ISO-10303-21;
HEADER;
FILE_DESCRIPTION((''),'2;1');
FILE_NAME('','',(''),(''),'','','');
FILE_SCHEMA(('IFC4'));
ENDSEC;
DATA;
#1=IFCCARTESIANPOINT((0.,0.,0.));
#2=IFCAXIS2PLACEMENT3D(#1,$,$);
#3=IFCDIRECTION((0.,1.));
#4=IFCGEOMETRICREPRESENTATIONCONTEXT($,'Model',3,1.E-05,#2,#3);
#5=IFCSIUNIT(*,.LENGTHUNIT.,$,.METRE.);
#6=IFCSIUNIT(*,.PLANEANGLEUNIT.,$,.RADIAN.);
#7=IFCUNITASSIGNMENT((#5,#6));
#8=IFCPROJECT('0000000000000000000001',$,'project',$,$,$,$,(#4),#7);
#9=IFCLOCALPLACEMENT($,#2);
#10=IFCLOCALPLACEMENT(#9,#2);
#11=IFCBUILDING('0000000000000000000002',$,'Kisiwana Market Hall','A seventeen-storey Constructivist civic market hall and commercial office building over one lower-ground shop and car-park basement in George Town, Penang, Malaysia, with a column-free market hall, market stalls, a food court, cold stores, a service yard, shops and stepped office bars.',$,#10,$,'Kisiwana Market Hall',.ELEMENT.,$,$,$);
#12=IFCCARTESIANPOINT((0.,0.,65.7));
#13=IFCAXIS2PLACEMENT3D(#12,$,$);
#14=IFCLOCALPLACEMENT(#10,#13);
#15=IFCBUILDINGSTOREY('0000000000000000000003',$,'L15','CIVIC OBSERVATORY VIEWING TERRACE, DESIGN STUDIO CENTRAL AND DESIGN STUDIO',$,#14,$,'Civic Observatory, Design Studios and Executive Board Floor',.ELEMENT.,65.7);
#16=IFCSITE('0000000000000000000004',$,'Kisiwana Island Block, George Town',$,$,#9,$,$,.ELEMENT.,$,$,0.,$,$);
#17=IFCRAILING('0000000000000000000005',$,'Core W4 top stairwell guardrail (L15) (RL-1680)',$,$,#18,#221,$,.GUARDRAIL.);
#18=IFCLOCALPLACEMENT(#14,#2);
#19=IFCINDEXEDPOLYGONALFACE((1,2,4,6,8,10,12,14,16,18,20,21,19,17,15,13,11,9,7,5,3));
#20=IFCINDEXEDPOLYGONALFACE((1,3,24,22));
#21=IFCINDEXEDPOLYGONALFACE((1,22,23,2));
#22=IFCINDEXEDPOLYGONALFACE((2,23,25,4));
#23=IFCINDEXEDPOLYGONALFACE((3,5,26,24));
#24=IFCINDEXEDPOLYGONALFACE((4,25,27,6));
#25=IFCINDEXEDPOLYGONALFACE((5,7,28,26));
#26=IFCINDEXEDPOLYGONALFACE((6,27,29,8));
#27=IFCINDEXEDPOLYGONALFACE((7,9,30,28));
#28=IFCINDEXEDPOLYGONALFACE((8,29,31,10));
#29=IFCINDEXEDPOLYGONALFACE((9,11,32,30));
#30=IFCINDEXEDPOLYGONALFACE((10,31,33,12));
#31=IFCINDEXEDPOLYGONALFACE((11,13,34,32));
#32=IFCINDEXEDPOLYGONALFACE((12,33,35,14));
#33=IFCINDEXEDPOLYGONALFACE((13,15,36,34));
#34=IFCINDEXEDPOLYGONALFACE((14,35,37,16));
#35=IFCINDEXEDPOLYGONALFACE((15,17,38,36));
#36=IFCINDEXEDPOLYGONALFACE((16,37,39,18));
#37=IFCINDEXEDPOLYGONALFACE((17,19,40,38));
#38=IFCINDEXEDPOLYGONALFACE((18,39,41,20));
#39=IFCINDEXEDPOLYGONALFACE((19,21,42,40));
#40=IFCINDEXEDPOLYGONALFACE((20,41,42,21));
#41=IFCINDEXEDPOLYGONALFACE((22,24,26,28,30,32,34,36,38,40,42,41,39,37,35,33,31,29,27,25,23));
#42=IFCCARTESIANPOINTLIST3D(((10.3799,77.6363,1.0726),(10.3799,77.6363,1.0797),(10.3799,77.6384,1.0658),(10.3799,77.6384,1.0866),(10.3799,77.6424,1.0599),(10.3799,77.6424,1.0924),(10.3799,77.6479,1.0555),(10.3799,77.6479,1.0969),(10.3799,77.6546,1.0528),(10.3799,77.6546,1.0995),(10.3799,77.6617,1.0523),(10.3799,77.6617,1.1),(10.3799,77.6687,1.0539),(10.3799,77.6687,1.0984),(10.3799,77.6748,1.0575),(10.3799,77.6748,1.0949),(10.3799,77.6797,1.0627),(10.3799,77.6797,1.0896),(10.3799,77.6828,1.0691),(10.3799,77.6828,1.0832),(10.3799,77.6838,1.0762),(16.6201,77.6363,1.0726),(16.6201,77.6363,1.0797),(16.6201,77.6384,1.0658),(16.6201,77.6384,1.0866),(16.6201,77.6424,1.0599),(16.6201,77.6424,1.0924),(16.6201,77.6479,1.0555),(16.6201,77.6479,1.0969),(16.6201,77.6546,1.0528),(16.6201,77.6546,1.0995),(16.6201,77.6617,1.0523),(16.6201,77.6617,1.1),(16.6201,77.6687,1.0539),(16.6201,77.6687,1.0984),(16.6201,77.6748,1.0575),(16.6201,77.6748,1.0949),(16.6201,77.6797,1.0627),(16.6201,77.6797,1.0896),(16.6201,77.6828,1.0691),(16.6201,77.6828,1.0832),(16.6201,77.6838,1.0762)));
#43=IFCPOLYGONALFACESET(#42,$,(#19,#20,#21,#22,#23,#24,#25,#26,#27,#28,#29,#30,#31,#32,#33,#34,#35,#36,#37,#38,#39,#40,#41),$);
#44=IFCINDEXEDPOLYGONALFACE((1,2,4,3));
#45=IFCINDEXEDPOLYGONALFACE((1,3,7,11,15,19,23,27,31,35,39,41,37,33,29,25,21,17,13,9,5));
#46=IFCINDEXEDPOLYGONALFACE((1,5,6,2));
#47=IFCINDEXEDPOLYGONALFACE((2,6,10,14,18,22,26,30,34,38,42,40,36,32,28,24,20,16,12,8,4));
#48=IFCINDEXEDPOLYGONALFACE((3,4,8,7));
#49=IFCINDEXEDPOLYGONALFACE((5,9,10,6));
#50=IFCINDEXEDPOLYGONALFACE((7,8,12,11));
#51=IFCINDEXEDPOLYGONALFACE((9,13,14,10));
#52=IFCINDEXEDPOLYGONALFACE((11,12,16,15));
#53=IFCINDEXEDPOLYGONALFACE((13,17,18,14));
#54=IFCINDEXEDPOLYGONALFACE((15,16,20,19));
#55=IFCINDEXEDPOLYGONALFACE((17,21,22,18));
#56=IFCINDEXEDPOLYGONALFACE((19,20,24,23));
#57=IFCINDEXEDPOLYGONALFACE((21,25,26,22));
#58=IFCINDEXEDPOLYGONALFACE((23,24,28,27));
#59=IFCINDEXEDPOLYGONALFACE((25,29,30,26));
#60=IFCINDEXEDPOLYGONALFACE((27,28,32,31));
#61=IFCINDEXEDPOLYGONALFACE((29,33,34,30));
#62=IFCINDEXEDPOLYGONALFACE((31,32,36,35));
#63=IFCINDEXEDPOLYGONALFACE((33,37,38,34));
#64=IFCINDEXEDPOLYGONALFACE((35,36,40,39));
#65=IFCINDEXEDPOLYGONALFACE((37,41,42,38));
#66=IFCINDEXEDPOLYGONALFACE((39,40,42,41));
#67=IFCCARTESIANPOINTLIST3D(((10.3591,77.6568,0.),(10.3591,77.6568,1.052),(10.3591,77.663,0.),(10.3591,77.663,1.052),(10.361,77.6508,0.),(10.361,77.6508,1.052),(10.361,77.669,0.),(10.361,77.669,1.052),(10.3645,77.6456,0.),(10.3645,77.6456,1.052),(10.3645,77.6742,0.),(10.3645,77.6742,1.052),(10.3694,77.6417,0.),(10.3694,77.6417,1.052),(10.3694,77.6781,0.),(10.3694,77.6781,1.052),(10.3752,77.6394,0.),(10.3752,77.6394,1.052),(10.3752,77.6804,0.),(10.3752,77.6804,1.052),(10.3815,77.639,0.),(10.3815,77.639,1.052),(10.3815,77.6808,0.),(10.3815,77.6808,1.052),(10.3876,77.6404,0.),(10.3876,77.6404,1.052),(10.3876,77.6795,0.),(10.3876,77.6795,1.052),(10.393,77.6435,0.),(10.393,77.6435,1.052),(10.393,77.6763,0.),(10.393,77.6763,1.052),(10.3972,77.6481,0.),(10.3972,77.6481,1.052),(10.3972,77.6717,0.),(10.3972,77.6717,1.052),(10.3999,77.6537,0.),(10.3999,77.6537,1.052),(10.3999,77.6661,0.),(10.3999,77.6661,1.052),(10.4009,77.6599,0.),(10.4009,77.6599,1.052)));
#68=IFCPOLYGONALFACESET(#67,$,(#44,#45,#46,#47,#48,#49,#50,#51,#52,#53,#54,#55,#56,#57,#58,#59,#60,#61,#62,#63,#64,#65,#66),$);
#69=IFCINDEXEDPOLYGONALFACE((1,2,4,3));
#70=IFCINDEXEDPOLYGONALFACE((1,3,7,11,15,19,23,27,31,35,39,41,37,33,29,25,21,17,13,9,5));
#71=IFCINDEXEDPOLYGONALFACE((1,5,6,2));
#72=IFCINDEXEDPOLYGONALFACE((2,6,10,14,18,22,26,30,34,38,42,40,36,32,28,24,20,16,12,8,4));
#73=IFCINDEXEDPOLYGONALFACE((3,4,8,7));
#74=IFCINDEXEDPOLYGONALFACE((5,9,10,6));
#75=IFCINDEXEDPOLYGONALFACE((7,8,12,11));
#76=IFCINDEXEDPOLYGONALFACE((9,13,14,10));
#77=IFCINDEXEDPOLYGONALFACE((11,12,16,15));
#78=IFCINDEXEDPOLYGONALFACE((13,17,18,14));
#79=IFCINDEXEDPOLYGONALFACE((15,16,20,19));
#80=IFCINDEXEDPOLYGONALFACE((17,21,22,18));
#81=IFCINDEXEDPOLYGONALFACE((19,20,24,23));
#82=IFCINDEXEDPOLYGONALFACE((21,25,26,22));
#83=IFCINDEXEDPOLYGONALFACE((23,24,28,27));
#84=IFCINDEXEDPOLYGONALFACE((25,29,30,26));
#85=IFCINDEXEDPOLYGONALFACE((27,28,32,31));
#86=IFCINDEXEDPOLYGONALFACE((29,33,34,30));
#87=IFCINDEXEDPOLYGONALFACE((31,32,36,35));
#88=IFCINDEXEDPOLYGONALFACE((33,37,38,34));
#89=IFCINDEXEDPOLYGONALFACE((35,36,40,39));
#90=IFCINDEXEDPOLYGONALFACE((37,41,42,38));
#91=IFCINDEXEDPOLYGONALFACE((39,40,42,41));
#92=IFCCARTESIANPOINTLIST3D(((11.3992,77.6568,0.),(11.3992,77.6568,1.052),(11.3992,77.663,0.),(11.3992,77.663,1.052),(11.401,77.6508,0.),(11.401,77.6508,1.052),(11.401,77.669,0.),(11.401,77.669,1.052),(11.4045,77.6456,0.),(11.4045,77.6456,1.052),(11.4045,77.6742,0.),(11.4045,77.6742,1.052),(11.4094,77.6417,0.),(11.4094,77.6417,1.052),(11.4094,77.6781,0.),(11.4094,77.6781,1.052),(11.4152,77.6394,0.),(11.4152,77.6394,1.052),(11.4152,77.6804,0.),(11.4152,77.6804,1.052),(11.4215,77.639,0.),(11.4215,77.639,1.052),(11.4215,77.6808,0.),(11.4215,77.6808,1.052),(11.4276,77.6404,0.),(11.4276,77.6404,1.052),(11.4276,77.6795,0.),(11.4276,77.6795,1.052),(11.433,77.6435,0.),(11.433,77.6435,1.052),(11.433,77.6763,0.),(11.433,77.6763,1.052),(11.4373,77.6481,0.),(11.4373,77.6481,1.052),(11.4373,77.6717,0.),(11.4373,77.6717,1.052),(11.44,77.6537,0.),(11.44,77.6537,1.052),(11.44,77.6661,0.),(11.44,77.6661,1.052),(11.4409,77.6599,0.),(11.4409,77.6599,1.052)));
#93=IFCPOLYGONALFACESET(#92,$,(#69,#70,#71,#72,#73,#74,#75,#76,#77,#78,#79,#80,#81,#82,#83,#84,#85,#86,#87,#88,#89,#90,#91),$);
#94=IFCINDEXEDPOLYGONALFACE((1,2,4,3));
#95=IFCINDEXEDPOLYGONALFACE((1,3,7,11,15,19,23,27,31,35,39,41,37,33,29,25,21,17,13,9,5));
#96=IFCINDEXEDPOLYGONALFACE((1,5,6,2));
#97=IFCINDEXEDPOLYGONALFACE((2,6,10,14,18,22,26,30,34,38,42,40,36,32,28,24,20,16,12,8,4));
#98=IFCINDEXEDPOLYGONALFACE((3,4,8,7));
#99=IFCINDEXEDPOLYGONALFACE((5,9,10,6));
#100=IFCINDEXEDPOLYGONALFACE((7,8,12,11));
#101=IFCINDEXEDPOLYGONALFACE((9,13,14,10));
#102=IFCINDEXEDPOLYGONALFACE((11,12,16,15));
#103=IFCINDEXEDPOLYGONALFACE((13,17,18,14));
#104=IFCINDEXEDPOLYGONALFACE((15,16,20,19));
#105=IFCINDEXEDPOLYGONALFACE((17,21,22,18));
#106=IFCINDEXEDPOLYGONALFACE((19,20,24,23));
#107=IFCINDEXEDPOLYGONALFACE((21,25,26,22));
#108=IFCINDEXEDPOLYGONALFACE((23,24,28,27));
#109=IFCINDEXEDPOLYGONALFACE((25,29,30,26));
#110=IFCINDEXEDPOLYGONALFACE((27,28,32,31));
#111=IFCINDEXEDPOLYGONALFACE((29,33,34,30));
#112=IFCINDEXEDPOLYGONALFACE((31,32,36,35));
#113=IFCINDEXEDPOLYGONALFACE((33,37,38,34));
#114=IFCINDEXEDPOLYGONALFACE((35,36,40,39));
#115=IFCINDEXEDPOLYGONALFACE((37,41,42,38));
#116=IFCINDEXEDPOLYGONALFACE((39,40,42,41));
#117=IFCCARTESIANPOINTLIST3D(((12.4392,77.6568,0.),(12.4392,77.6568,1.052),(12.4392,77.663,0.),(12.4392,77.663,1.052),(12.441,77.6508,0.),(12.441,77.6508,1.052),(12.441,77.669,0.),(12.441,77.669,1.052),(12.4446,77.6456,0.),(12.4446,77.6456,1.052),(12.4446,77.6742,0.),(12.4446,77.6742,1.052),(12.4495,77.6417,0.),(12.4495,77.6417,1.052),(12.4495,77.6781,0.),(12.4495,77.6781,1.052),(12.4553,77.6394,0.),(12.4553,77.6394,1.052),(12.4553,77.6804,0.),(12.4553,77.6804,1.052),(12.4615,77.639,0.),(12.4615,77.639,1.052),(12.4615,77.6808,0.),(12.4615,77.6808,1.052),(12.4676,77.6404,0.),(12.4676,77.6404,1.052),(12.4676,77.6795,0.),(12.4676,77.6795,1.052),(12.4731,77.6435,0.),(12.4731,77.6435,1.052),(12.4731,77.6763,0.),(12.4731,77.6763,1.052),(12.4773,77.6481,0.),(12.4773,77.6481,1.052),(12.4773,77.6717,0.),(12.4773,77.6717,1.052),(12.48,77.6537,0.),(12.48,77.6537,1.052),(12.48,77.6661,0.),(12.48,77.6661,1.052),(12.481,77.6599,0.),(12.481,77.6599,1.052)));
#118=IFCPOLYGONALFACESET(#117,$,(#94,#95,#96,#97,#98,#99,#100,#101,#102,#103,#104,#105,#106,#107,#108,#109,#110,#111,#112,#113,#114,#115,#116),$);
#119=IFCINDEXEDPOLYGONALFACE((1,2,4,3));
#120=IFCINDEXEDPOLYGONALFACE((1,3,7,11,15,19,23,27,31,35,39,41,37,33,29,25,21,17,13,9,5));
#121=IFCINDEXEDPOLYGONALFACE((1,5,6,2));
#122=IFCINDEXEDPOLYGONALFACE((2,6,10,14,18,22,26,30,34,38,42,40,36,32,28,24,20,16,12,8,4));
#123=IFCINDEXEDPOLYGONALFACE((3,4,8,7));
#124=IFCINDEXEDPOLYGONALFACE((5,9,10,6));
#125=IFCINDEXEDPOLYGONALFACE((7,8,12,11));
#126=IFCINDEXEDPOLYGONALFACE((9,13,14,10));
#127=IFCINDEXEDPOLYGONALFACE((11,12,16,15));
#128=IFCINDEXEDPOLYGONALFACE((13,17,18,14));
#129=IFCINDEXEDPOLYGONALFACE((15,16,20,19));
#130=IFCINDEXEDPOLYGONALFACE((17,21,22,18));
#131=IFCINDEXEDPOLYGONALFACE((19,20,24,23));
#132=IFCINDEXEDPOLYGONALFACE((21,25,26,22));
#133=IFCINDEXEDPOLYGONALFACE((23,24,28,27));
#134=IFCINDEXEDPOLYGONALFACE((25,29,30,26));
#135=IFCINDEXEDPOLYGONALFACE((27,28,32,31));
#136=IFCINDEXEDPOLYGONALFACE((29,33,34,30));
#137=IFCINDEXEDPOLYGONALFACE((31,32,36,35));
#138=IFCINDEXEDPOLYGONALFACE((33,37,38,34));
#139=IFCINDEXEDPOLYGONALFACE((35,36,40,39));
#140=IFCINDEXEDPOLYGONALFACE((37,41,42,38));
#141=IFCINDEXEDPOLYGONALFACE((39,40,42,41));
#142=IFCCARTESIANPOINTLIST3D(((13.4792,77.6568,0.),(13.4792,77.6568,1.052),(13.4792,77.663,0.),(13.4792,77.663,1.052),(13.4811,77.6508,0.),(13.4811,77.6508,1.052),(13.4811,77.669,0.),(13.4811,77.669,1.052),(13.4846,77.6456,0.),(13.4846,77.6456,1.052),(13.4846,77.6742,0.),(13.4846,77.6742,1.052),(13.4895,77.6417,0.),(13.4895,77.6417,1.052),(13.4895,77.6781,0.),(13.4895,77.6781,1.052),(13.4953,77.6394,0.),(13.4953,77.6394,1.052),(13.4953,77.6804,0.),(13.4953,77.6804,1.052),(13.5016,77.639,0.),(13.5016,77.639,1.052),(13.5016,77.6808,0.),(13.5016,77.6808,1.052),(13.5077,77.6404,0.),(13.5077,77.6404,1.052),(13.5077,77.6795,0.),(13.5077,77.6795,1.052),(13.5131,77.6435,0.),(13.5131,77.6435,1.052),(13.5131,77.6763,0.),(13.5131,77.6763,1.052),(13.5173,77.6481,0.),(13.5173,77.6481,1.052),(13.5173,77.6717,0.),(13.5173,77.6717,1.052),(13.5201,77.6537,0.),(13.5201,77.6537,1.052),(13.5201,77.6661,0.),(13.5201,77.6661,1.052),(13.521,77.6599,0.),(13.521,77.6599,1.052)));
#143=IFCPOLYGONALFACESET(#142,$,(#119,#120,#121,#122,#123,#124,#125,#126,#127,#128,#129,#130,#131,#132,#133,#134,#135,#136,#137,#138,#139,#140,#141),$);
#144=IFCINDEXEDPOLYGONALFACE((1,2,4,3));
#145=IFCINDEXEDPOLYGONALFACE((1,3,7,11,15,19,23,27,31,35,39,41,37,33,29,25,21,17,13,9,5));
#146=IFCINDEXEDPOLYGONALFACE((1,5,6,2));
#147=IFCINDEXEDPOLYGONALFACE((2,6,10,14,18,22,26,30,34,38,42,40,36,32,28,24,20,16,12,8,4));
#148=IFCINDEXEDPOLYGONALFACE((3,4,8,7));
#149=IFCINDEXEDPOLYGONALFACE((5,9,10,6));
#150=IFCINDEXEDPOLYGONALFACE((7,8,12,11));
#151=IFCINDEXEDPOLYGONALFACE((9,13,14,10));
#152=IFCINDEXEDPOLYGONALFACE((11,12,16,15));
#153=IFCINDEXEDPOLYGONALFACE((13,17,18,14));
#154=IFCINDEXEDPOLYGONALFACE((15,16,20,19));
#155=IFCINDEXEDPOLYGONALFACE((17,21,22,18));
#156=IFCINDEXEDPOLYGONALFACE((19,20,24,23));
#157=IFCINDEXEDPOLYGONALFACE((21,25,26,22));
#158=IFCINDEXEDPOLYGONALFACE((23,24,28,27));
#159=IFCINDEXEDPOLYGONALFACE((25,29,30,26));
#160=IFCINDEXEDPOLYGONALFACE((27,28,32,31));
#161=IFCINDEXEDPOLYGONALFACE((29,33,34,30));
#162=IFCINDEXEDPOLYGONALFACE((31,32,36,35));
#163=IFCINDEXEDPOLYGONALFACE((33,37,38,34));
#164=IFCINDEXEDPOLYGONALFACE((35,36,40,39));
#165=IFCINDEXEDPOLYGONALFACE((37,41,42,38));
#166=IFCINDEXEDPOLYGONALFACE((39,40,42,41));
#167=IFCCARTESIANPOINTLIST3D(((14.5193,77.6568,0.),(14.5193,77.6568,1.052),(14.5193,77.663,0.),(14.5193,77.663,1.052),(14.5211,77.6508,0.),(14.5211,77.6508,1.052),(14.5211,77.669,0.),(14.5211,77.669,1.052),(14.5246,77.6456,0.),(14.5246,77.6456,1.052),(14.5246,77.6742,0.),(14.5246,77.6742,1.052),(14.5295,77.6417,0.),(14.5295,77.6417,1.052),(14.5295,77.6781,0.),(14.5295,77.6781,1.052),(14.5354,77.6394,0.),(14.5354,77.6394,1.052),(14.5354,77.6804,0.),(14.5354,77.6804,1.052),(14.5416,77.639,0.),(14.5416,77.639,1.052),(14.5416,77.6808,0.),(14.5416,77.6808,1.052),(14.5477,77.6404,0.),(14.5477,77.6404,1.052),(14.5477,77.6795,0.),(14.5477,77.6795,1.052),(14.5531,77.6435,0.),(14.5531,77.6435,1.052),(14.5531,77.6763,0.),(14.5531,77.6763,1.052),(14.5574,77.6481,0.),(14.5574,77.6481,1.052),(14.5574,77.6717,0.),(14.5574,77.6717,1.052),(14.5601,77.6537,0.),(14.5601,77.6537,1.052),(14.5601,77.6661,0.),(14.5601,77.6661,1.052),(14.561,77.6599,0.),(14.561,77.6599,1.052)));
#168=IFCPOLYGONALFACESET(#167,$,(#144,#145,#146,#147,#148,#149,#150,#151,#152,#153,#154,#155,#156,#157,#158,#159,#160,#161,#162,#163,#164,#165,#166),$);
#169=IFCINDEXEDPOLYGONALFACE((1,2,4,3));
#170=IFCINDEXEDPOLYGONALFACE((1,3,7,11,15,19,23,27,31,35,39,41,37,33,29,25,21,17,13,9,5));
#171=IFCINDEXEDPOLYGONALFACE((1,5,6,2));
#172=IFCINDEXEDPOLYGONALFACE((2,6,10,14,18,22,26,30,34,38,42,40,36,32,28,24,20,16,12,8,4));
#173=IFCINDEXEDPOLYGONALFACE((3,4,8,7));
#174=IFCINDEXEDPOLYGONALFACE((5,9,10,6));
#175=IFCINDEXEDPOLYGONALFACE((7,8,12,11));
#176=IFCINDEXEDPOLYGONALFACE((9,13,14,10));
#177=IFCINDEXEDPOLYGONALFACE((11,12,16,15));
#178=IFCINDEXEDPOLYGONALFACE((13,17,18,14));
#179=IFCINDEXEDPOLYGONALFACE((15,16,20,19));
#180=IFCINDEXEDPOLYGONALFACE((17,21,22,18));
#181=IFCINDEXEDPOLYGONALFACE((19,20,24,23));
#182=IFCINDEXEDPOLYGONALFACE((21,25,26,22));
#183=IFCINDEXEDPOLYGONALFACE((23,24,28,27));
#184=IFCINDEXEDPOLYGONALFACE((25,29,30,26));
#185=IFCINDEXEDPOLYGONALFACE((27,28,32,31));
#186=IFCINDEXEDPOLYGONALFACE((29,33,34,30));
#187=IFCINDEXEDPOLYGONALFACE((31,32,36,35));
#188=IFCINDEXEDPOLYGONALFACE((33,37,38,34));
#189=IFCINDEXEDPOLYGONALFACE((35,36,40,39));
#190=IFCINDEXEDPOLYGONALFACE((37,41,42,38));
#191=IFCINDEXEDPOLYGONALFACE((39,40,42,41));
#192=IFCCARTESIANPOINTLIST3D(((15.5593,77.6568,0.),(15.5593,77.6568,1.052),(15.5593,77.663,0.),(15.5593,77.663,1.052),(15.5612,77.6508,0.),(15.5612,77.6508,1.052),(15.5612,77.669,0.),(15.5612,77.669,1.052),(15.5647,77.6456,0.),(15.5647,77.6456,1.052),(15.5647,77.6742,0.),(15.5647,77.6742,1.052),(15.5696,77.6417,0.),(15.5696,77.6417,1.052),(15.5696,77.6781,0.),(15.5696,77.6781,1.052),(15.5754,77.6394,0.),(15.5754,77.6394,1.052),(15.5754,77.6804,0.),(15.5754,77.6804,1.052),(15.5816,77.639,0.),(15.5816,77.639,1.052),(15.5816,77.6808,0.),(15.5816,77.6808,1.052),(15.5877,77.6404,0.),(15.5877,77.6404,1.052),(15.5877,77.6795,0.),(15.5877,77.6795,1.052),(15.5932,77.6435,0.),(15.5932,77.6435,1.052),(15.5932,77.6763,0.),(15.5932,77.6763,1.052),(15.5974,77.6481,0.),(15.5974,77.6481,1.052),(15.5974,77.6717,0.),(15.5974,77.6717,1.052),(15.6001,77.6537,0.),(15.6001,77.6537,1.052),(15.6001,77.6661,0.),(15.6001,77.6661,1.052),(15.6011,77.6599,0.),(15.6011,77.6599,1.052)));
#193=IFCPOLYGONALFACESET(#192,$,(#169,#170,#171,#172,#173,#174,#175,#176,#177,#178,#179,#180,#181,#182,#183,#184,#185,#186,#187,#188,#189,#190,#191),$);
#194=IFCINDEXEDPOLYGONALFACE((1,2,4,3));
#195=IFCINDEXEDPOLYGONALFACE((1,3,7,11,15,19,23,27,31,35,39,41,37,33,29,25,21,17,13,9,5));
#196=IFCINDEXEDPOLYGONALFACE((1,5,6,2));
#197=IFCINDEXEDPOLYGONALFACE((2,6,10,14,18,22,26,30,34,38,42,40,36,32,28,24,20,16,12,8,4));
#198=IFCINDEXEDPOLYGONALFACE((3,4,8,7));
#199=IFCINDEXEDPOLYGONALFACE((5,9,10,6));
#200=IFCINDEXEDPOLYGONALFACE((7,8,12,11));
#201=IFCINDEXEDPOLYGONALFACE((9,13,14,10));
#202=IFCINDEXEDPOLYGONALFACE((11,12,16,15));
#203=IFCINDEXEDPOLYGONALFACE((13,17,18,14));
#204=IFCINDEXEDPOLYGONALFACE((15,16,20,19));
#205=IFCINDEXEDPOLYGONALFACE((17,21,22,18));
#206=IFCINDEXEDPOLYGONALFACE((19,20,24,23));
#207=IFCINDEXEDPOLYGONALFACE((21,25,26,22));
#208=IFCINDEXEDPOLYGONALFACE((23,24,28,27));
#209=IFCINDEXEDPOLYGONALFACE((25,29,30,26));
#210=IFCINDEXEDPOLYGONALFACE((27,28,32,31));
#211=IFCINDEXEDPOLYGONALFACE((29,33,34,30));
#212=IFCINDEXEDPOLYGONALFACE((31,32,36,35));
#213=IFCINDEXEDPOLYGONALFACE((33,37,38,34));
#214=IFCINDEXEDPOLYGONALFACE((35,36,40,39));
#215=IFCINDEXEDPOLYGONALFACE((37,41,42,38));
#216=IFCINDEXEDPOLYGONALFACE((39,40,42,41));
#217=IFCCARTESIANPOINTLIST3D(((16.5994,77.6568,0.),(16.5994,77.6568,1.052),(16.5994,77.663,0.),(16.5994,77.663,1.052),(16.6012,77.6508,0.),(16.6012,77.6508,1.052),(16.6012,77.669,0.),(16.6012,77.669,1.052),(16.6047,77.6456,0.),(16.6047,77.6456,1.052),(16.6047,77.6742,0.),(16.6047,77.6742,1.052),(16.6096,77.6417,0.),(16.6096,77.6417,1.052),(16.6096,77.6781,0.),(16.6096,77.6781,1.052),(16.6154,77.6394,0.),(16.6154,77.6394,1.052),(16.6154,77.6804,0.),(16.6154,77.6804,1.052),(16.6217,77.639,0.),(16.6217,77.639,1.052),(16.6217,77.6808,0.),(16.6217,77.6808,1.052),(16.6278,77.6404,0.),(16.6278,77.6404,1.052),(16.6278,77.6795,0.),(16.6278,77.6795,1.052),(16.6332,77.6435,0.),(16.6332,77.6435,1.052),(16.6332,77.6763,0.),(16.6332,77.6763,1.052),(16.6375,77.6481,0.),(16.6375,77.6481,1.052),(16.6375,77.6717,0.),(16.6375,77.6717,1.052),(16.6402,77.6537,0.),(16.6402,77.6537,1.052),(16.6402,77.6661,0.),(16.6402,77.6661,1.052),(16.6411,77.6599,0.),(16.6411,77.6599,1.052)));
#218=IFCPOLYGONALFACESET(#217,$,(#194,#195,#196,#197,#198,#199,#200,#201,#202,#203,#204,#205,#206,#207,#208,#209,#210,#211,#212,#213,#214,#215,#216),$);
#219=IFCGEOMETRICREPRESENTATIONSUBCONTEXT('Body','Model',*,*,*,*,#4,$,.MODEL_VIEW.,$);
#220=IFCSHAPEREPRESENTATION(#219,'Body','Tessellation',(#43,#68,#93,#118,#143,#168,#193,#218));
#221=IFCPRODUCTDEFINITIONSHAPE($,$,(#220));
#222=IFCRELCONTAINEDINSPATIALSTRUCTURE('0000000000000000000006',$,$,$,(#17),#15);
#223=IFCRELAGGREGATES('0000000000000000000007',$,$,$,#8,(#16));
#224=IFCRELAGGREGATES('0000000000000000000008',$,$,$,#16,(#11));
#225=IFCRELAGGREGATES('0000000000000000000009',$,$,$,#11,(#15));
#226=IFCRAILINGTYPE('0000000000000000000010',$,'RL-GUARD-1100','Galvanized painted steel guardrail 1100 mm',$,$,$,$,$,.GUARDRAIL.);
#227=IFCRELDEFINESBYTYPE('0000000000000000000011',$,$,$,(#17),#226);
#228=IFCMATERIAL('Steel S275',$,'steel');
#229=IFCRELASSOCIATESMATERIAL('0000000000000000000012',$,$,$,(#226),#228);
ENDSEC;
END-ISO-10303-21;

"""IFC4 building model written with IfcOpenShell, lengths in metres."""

from ifc_helpers import new_model, si_unit, direction, frame, origin, origin_2d, place, context, subcontext, project, spatial, circle, extrude, material, type_object, element, save


model = new_model("IFC4")

# Units and contexts
model_context = context("Model", 3, precision=1e-05, world=origin(), true_north=direction((0.0, 1.0)))
body_context = subcontext(model_context, "Body", "Model", "MODEL_VIEW")
ifc_project = project(units=[si_unit("LENGTHUNIT", "METRE"), si_unit("PLANEANGLEUNIT", "RADIAN")], contexts=[model_context])

# Site, building, storey
site_placement = place(None, origin())
site = spatial("IfcSite", under=ifc_project, at=site_placement, Name="Kisiwana Island Block, George Town", CompositionType="ELEMENT", RefElevation=0.0)
building_placement = place(site_placement, origin())
building = spatial("IfcBuilding", under=site, at=building_placement, Name="Kisiwana Market Hall", Description="A seventeen-storey Constructivist civic market hall and commercial office building over one lower-ground shop and car-park basement in George Town, Penang, Malaysia, with a column-free market hall, market stalls, a food court, cold stores, a service yard, shops and stepped office bars.", LongName="Kisiwana Market Hall", CompositionType="ELEMENT")
storey_placement = place(building_placement, frame((0.0, 0.0, 65.7)))
storey = spatial("IfcBuildingStorey", under=building, at=storey_placement, Name="L15", Description="CIVIC OBSERVATORY VIEWING TERRACE, DESIGN STUDIO CENTRAL AND DESIGN STUDIO", LongName="Civic Observatory, Design Studios and Executive Board Floor", CompositionType="ELEMENT", Elevation=65.7)

# Railing
ifc_material_1 = material(Name="Steel S275", Category="steel")
railing_type = type_object("IfcRailingType", Name="RL-GUARD-1100", Description="Galvanized painted steel guardrail 1100 mm", PredefinedType="GUARDRAIL", material=ifc_material_1)
railing_placement = place(storey_placement, frame((10.3799, 77.6599, 0.0)))
element("IfcRailing", 1, at=railing_placement, inside=storey, type_object=railing_type, Name="Core W4 top stairwell guardrail (L15) (RL-1680)", PredefinedType="GUARDRAIL", context=body_context, shape_type="SweptSolid", body=[
    extrude(circle(Radius=0.0239, at=origin_2d()), frame((0.0, 0.0, 1.0762), z_axis=(1.0, 0.0, 0.0), x_axis=(0.0, 1.0, 0.0)), (0.0, 0.0, 1.0), 6.2402),
    extrude(circle(Radius=0.021, at=origin_2d()), origin(), (0.0, 0.0, 1.0), 1.052),
    extrude(circle(Radius=0.021, at=origin_2d()), frame((1.04, 0.0, 0.0)), (0.0, 0.0, 1.0), 1.052),
    extrude(circle(Radius=0.021, at=origin_2d()), frame((2.0801, 0.0, 0.0)), (0.0, 0.0, 1.0), 1.052),
    extrude(circle(Radius=0.021, at=origin_2d()), frame((3.1201, 0.0, 0.0)), (0.0, 0.0, 1.0), 1.052),
    extrude(circle(Radius=0.021, at=origin_2d()), frame((4.1602, 0.0, 0.0)), (0.0, 0.0, 1.0), 1.052),
    extrude(circle(Radius=0.021, at=origin_2d()), frame((5.2002, 0.0, 0.0)), (0.0, 0.0, 1.0), 1.052),
    extrude(circle(Radius=0.021, at=origin_2d()), frame((6.2402, 0.0, 0.0)), (0.0, 0.0, 1.0), 1.052),
])

save(model, "model.ifc")
